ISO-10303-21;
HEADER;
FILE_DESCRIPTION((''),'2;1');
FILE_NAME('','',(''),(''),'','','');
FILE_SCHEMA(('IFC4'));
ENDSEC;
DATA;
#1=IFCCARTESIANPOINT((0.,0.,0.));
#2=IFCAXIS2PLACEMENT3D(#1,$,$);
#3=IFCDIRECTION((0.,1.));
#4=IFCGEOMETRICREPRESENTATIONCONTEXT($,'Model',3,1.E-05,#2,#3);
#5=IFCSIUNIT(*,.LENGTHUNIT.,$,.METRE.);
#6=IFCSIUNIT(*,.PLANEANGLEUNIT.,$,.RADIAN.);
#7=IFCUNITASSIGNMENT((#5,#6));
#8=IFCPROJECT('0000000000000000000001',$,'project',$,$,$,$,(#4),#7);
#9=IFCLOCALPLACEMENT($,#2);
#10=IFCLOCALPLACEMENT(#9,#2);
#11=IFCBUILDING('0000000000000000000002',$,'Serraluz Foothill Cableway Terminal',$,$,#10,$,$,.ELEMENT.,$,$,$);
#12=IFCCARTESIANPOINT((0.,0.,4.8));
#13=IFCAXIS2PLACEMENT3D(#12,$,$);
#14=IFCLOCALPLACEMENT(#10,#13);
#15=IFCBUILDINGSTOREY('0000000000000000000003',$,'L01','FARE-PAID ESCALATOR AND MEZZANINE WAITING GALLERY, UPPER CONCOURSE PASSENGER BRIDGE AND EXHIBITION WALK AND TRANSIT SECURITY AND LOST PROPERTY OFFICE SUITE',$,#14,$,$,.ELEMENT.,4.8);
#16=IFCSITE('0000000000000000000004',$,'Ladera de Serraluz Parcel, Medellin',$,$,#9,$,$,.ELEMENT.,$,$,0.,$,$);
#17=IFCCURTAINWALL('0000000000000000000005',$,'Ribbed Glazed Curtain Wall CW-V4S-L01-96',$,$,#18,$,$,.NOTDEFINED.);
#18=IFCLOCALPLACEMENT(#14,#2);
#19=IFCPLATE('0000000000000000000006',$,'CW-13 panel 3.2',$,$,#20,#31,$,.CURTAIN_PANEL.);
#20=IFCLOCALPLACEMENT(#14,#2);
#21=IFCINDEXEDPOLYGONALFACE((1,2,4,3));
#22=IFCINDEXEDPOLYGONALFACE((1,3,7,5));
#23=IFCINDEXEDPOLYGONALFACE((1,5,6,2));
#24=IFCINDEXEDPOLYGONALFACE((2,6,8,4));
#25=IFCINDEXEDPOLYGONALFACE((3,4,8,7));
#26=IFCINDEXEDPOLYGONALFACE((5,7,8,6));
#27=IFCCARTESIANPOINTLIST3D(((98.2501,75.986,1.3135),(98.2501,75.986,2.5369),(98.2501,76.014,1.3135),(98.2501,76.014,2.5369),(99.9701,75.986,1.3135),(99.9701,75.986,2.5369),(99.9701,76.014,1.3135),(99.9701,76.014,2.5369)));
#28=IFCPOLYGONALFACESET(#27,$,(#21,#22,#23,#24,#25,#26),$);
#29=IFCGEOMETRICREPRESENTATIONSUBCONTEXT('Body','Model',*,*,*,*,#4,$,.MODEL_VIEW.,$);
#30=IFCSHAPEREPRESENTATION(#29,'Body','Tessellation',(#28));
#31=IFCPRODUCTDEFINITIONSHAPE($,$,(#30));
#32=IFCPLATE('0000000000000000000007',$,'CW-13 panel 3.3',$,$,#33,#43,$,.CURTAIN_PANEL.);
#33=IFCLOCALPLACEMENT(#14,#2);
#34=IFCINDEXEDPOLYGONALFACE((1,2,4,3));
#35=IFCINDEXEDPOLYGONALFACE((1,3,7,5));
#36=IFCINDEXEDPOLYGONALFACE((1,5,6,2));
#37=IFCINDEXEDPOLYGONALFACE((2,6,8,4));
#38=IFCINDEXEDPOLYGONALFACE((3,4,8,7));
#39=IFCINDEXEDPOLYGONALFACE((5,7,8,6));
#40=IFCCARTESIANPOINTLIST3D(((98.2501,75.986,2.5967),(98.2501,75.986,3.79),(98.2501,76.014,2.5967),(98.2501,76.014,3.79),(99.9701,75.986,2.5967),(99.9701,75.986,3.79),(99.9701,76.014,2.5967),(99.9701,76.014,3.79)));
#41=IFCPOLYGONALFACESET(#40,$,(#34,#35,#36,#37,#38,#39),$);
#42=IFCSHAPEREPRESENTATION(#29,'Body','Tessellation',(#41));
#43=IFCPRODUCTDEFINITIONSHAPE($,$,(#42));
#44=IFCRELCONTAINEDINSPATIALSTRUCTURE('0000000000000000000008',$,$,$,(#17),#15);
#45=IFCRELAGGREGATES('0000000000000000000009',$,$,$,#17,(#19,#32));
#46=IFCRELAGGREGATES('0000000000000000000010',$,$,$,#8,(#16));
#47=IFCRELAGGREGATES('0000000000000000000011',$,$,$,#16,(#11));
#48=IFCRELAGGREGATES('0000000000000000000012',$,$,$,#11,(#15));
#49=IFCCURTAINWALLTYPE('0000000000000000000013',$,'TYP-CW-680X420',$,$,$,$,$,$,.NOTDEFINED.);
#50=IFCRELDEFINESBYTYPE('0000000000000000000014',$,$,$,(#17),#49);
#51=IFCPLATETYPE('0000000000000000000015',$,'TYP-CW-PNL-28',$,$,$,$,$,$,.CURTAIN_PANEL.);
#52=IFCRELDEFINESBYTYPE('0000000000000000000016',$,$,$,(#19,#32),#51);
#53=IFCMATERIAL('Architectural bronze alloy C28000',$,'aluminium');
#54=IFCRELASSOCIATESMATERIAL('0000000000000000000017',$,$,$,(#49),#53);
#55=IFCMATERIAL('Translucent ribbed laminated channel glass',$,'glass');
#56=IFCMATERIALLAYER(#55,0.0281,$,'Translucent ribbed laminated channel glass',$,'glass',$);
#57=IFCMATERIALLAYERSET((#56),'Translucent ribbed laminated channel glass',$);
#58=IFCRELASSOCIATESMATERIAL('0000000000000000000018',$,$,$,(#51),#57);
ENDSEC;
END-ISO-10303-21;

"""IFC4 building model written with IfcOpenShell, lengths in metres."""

from ifc_helpers import new_model, si_unit, direction, frame, origin, origin_2d, place, context, subcontext, project, spatial, rectangle, extrude, material, layer, layer_set, type_object, element, aggregate, save


model = new_model("IFC4")

# Units and contexts
model_context = context("Model", 3, precision=1e-05, world=origin(), true_north=direction((0.0, 1.0)))
body_context = subcontext(model_context, "Body", "Model", "MODEL_VIEW")
ifc_project = project(units=[si_unit("LENGTHUNIT", "METRE"), si_unit("PLANEANGLEUNIT", "RADIAN")], contexts=[model_context])

# Site, building, storey
site_placement = place(None, origin())
site = spatial("IfcSite", under=ifc_project, at=site_placement, Name="Ladera de Serraluz Parcel, Medellin", CompositionType="ELEMENT", RefElevation=0.0)
building_placement = place(site_placement, origin())
building = spatial("IfcBuilding", under=site, at=building_placement, Name="Serraluz Foothill Cableway Terminal", CompositionType="ELEMENT")
storey_placement = place(building_placement, frame((0.0, 0.0, 4.8)))
storey = spatial("IfcBuildingStorey", under=building, at=storey_placement, Name="L01", Description="FARE-PAID ESCALATOR AND MEZZANINE WAITING GALLERY, UPPER CONCOURSE PASSENGER BRIDGE AND EXHIBITION WALK AND TRANSIT SECURITY AND LOST PROPERTY OFFICE SUITE", CompositionType="ELEMENT", Elevation=4.8)

# Curtain wall, plates
ifc_material_1 = material(Name="Architectural bronze alloy C28000", Category="aluminium")
curtain_wall_type = type_object("IfcCurtainWallType", Name="TYP-CW-680X420", PredefinedType="NOTDEFINED", material=ifc_material_1)
curtain_wall_placement = place(storey_placement, origin())
curtain_wall = element("IfcCurtainWall", 1, at=curtain_wall_placement, inside=storey, type_object=curtain_wall_type, Name="Ribbed Glazed Curtain Wall CW-V4S-L01-96", PredefinedType="NOTDEFINED")
ifc_material_2 = material(Name="Translucent ribbed laminated channel glass", Category="glass")
ifc_layer = layer(ifc_material_2, 0.0281, Name="Translucent ribbed laminated channel glass", Category="glass")
ifc_layer_set = layer_set([ifc_layer], Name="Translucent ribbed laminated channel glass")
plate_type = type_object("IfcPlateType", Name="TYP-CW-PNL-28", PredefinedType="CURTAIN_PANEL", material=ifc_layer_set)
plate_1_placement = place(storey_placement, frame((99.1101, 76.0, 1.3135), z_axis=(0.0, 0.0, 1.0), x_axis=(-1.0, 0.0, 0.0)))
plate_1 = element("IfcPlate", 2, at=plate_1_placement, type_object=plate_type, Name="CW-13 panel 3.2", PredefinedType="CURTAIN_PANEL", context=body_context, shape_type="SweptSolid", body=[
    extrude(rectangle(XDim=1.72, YDim=0.0281, at=origin_2d()), origin(), (0.0, 0.0, 1.0), 1.2234),
])
plate_2_placement = place(storey_placement, frame((99.1101, 76.0, 2.5967), z_axis=(0.0, 0.0, 1.0), x_axis=(-1.0, 0.0, 0.0)))
plate_2 = element("IfcPlate", 3, at=plate_2_placement, type_object=plate_type, Name="CW-13 panel 3.3", PredefinedType="CURTAIN_PANEL", context=body_context, shape_type="SweptSolid", body=[
    extrude(rectangle(XDim=1.72, YDim=0.0281, at=origin_2d()), origin(), (0.0, 0.0, 1.0), 1.1934),
])
aggregate(curtain_wall, [plate_1, plate_2])

save(model, "model.ifc")
